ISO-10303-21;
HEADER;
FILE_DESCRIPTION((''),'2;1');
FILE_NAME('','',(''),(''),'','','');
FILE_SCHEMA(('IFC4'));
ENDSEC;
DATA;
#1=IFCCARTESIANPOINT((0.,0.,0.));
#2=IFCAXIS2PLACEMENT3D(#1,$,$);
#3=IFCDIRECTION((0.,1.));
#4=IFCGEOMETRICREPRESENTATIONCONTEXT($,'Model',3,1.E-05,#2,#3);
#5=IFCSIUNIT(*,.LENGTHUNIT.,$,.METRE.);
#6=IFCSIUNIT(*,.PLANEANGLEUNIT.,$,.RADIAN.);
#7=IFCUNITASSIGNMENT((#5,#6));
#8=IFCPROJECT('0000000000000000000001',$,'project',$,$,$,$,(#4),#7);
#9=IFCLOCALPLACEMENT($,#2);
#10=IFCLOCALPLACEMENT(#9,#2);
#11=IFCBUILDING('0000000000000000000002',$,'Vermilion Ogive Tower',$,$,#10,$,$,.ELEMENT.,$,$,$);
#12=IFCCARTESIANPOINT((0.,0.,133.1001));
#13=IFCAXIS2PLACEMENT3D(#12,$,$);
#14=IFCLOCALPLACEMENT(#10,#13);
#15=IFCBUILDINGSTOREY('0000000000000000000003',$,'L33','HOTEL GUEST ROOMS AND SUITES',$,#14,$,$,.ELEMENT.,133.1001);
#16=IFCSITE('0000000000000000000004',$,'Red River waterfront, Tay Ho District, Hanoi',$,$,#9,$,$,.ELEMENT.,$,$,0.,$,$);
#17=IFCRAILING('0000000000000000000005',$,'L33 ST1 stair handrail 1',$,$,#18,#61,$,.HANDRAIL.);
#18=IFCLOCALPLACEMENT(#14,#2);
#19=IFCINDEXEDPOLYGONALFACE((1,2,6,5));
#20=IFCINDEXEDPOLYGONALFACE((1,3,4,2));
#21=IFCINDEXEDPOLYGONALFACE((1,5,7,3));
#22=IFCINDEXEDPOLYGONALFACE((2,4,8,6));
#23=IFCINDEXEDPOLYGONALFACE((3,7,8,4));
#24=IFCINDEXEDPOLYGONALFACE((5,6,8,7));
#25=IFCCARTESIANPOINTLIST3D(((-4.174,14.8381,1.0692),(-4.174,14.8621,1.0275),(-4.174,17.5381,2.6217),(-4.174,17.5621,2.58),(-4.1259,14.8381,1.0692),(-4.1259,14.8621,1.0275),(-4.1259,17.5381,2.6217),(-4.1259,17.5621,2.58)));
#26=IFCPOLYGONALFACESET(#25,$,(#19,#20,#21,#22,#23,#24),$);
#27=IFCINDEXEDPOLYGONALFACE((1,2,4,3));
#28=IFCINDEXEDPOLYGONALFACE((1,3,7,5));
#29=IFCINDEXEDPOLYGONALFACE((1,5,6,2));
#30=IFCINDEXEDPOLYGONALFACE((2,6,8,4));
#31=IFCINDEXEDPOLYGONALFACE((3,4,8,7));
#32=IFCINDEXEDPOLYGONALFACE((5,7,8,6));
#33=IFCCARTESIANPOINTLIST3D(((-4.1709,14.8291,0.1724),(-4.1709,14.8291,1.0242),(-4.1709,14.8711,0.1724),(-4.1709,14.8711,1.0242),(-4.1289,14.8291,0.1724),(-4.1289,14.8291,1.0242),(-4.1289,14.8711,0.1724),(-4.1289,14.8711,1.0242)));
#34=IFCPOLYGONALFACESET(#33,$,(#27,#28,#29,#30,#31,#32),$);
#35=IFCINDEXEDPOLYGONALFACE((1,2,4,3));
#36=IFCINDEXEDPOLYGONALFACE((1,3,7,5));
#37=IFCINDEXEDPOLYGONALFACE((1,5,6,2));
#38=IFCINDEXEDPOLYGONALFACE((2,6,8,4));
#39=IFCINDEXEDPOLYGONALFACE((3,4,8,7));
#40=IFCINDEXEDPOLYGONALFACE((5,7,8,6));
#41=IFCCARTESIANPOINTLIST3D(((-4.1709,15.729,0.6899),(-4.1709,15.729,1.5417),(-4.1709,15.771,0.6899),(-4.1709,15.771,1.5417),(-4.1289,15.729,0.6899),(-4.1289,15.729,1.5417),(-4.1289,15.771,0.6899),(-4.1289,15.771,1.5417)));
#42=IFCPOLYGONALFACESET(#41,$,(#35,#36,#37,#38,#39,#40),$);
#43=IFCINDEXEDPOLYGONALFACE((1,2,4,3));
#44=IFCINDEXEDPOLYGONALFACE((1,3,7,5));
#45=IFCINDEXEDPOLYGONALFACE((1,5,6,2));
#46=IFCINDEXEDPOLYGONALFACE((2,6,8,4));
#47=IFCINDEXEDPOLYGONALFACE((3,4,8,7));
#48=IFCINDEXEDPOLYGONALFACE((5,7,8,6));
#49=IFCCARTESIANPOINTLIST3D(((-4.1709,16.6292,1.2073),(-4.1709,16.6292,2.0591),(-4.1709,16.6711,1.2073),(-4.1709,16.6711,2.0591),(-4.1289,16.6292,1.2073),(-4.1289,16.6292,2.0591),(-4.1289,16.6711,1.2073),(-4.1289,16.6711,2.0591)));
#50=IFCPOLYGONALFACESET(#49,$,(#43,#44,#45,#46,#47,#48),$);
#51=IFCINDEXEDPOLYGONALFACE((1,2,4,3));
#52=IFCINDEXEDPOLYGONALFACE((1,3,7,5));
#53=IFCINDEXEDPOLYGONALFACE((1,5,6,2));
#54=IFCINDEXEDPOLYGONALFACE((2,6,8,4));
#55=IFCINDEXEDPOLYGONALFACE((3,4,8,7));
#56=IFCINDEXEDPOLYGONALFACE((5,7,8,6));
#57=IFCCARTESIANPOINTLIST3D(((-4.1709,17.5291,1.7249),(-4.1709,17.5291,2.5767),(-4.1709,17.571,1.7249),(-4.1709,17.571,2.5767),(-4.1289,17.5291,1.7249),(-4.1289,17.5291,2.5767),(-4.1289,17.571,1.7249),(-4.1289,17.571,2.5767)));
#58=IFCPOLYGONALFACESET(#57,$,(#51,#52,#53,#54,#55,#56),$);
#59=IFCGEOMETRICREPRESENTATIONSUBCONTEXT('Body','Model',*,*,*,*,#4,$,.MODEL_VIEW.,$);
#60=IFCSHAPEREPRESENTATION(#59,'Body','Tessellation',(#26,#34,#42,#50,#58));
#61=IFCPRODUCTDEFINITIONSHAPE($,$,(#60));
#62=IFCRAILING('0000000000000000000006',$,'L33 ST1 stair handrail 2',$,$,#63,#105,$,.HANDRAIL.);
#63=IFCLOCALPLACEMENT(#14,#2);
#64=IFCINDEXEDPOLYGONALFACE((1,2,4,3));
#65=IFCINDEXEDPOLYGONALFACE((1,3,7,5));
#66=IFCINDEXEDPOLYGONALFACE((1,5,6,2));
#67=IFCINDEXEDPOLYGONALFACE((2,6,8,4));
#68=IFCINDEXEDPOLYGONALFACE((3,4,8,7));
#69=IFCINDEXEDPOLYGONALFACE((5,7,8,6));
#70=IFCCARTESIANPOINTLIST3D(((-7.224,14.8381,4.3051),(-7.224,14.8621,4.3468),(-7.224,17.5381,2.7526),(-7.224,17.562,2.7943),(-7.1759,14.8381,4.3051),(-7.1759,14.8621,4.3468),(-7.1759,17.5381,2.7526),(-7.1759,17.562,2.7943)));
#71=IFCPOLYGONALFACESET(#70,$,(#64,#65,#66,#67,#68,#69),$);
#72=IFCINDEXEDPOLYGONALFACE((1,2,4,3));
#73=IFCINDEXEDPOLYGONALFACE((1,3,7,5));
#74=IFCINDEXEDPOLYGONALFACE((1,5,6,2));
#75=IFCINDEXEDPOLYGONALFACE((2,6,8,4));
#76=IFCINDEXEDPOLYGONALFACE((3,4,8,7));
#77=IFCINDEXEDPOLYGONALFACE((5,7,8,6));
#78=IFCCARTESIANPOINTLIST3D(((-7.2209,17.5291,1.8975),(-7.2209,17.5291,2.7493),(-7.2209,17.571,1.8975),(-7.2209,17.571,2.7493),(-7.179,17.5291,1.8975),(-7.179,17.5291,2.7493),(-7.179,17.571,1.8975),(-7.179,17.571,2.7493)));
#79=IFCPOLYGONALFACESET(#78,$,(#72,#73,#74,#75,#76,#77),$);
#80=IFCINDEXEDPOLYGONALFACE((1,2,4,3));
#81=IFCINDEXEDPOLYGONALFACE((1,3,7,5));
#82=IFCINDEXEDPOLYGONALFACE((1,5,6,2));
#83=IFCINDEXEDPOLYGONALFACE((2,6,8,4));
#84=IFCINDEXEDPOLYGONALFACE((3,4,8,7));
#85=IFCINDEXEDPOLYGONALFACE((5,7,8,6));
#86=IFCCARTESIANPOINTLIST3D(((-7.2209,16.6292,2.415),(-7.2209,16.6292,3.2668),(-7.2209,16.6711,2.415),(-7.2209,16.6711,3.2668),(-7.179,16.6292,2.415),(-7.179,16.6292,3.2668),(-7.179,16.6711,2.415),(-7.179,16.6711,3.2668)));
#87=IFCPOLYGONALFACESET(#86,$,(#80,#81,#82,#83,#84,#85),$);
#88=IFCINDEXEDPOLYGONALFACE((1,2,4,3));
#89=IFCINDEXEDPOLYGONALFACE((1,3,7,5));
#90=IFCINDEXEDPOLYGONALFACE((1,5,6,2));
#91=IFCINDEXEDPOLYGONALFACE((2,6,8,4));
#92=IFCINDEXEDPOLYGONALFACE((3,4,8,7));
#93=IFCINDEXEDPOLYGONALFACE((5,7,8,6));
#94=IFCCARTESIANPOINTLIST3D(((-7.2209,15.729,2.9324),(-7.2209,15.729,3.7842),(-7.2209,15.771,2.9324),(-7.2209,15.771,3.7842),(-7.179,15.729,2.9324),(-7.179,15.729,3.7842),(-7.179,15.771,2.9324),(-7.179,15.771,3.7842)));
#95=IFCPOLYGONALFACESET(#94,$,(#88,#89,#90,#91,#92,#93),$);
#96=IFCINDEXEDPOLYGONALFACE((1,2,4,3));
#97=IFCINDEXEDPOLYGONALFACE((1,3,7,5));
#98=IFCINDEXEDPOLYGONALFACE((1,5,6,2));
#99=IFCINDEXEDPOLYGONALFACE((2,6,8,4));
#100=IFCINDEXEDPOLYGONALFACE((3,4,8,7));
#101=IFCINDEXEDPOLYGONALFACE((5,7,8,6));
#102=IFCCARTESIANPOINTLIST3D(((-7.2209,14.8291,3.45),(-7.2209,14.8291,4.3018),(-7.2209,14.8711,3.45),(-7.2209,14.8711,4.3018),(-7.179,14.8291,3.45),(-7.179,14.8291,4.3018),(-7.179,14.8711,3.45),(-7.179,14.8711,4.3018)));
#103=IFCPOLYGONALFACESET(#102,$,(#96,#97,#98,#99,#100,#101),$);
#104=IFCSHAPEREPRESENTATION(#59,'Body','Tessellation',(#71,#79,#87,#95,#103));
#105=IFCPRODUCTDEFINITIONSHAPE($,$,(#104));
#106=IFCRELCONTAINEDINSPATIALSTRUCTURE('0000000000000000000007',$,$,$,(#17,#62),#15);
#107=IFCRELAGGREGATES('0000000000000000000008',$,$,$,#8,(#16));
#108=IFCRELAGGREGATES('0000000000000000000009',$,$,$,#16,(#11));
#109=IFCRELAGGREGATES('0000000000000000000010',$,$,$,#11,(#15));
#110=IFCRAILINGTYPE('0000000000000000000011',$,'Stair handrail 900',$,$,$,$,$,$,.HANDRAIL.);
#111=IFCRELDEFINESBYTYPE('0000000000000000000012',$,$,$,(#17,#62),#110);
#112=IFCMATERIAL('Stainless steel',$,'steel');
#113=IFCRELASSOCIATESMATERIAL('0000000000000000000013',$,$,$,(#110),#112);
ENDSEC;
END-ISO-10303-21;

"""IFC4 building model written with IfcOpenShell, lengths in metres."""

from ifc_helpers import new_model, si_unit, direction, frame, origin, origin_2d, place, context, subcontext, project, spatial, rectangle, extrude, material, type_object, element, save


model = new_model("IFC4")

# Units and contexts
model_context = context("Model", 3, precision=1e-05, world=origin(), true_north=direction((0.0, 1.0)))
body_context = subcontext(model_context, "Body", "Model", "MODEL_VIEW")
ifc_project = project(units=[si_unit("LENGTHUNIT", "METRE"), si_unit("PLANEANGLEUNIT", "RADIAN")], contexts=[model_context])

# Site, building, storey
site_placement = place(None, origin())
site = spatial("IfcSite", under=ifc_project, at=site_placement, Name="Red River waterfront, Tay Ho District, Hanoi", CompositionType="ELEMENT", RefElevation=0.0)
building_placement = place(site_placement, origin())
building = spatial("IfcBuilding", under=site, at=building_placement, Name="Vermilion Ogive Tower", CompositionType="ELEMENT")
storey_placement = place(building_placement, frame((0.0, 0.0, 133.1001)))
storey = spatial("IfcBuildingStorey", under=building, at=storey_placement, Name="L33", Description="HOTEL GUEST ROOMS AND SUITES", CompositionType="ELEMENT", Elevation=133.1001)

# Railings
ifc_material_1 = material(Name="Stainless steel", Category="steel")
railing_type_1 = type_object("IfcRailingType", Name="Stair handrail 900", PredefinedType="HANDRAIL", material=ifc_material_1)
railing_1_placement = place(storey_placement, frame((-4.1499, 14.8501, 0.1724)))
element("IfcRailing", 1, at=railing_1_placement, inside=storey, type_object=railing_type_1, Name="L33 ST1 stair handrail 1", PredefinedType="HANDRAIL", context=body_context, shape_type="SweptSolid", body=[
    extrude(rectangle(XDim=0.0481, YDim=0.0481, at=origin_2d()), frame((0.0, 0.0, 0.876), z_axis=(0.0, 0.866904, 0.498476), x_axis=(-1.0, 0.0, 0.0)), (0.0, 0.0, 1.0), 3.1145),
    extrude(rectangle(XDim=0.042, YDim=0.042, at=origin_2d()), origin(), (0.0, 0.0, 1.0), 0.8518),
    extrude(rectangle(XDim=0.042, YDim=0.042, at=origin_2d()), frame((0.0, 0.8999, 0.5176)), (0.0, 0.0, 1.0), 0.8518),
    extrude(rectangle(XDim=0.042, YDim=0.042, at=origin_2d()), frame((0.0, 1.8, 1.0349)), (0.0, 0.0, 1.0), 0.8518),
    extrude(rectangle(XDim=0.042, YDim=0.042, at=origin_2d()), frame((0.0, 2.7, 1.5525)), (0.0, 0.0, 1.0), 0.8518),
])
railing_2_placement = place(storey_placement, frame((-7.2, 17.55, 1.8975)))
element("IfcRailing", 2, at=railing_2_placement, inside=storey, type_object=railing_type_1, Name="L33 ST1 stair handrail 2", PredefinedType="HANDRAIL", context=body_context, shape_type="SweptSolid", body=[
    extrude(rectangle(XDim=0.0481, YDim=0.0481, at=origin_2d()), frame((0.0, 0.0, 0.876), z_axis=(0.0, -0.866904, 0.498476), x_axis=(1.0, 0.0, 0.0)), (0.0, 0.0, 1.0), 3.1145),
    extrude(rectangle(XDim=0.042, YDim=0.042, at=origin_2d()), origin(), (0.0, 0.0, 1.0), 0.8518),
    extrude(rectangle(XDim=0.042, YDim=0.042, at=origin_2d()), frame((0.0, -0.8999, 0.5176)), (0.0, 0.0, 1.0), 0.8518),
    extrude(rectangle(XDim=0.042, YDim=0.042, at=origin_2d()), frame((0.0, -1.8, 1.0349)), (0.0, 0.0, 1.0), 0.8518),
    extrude(rectangle(XDim=0.042, YDim=0.042, at=origin_2d()), frame((0.0, -2.7, 1.5525)), (0.0, 0.0, 1.0), 0.8518),
])

save(model, "model.ifc")
